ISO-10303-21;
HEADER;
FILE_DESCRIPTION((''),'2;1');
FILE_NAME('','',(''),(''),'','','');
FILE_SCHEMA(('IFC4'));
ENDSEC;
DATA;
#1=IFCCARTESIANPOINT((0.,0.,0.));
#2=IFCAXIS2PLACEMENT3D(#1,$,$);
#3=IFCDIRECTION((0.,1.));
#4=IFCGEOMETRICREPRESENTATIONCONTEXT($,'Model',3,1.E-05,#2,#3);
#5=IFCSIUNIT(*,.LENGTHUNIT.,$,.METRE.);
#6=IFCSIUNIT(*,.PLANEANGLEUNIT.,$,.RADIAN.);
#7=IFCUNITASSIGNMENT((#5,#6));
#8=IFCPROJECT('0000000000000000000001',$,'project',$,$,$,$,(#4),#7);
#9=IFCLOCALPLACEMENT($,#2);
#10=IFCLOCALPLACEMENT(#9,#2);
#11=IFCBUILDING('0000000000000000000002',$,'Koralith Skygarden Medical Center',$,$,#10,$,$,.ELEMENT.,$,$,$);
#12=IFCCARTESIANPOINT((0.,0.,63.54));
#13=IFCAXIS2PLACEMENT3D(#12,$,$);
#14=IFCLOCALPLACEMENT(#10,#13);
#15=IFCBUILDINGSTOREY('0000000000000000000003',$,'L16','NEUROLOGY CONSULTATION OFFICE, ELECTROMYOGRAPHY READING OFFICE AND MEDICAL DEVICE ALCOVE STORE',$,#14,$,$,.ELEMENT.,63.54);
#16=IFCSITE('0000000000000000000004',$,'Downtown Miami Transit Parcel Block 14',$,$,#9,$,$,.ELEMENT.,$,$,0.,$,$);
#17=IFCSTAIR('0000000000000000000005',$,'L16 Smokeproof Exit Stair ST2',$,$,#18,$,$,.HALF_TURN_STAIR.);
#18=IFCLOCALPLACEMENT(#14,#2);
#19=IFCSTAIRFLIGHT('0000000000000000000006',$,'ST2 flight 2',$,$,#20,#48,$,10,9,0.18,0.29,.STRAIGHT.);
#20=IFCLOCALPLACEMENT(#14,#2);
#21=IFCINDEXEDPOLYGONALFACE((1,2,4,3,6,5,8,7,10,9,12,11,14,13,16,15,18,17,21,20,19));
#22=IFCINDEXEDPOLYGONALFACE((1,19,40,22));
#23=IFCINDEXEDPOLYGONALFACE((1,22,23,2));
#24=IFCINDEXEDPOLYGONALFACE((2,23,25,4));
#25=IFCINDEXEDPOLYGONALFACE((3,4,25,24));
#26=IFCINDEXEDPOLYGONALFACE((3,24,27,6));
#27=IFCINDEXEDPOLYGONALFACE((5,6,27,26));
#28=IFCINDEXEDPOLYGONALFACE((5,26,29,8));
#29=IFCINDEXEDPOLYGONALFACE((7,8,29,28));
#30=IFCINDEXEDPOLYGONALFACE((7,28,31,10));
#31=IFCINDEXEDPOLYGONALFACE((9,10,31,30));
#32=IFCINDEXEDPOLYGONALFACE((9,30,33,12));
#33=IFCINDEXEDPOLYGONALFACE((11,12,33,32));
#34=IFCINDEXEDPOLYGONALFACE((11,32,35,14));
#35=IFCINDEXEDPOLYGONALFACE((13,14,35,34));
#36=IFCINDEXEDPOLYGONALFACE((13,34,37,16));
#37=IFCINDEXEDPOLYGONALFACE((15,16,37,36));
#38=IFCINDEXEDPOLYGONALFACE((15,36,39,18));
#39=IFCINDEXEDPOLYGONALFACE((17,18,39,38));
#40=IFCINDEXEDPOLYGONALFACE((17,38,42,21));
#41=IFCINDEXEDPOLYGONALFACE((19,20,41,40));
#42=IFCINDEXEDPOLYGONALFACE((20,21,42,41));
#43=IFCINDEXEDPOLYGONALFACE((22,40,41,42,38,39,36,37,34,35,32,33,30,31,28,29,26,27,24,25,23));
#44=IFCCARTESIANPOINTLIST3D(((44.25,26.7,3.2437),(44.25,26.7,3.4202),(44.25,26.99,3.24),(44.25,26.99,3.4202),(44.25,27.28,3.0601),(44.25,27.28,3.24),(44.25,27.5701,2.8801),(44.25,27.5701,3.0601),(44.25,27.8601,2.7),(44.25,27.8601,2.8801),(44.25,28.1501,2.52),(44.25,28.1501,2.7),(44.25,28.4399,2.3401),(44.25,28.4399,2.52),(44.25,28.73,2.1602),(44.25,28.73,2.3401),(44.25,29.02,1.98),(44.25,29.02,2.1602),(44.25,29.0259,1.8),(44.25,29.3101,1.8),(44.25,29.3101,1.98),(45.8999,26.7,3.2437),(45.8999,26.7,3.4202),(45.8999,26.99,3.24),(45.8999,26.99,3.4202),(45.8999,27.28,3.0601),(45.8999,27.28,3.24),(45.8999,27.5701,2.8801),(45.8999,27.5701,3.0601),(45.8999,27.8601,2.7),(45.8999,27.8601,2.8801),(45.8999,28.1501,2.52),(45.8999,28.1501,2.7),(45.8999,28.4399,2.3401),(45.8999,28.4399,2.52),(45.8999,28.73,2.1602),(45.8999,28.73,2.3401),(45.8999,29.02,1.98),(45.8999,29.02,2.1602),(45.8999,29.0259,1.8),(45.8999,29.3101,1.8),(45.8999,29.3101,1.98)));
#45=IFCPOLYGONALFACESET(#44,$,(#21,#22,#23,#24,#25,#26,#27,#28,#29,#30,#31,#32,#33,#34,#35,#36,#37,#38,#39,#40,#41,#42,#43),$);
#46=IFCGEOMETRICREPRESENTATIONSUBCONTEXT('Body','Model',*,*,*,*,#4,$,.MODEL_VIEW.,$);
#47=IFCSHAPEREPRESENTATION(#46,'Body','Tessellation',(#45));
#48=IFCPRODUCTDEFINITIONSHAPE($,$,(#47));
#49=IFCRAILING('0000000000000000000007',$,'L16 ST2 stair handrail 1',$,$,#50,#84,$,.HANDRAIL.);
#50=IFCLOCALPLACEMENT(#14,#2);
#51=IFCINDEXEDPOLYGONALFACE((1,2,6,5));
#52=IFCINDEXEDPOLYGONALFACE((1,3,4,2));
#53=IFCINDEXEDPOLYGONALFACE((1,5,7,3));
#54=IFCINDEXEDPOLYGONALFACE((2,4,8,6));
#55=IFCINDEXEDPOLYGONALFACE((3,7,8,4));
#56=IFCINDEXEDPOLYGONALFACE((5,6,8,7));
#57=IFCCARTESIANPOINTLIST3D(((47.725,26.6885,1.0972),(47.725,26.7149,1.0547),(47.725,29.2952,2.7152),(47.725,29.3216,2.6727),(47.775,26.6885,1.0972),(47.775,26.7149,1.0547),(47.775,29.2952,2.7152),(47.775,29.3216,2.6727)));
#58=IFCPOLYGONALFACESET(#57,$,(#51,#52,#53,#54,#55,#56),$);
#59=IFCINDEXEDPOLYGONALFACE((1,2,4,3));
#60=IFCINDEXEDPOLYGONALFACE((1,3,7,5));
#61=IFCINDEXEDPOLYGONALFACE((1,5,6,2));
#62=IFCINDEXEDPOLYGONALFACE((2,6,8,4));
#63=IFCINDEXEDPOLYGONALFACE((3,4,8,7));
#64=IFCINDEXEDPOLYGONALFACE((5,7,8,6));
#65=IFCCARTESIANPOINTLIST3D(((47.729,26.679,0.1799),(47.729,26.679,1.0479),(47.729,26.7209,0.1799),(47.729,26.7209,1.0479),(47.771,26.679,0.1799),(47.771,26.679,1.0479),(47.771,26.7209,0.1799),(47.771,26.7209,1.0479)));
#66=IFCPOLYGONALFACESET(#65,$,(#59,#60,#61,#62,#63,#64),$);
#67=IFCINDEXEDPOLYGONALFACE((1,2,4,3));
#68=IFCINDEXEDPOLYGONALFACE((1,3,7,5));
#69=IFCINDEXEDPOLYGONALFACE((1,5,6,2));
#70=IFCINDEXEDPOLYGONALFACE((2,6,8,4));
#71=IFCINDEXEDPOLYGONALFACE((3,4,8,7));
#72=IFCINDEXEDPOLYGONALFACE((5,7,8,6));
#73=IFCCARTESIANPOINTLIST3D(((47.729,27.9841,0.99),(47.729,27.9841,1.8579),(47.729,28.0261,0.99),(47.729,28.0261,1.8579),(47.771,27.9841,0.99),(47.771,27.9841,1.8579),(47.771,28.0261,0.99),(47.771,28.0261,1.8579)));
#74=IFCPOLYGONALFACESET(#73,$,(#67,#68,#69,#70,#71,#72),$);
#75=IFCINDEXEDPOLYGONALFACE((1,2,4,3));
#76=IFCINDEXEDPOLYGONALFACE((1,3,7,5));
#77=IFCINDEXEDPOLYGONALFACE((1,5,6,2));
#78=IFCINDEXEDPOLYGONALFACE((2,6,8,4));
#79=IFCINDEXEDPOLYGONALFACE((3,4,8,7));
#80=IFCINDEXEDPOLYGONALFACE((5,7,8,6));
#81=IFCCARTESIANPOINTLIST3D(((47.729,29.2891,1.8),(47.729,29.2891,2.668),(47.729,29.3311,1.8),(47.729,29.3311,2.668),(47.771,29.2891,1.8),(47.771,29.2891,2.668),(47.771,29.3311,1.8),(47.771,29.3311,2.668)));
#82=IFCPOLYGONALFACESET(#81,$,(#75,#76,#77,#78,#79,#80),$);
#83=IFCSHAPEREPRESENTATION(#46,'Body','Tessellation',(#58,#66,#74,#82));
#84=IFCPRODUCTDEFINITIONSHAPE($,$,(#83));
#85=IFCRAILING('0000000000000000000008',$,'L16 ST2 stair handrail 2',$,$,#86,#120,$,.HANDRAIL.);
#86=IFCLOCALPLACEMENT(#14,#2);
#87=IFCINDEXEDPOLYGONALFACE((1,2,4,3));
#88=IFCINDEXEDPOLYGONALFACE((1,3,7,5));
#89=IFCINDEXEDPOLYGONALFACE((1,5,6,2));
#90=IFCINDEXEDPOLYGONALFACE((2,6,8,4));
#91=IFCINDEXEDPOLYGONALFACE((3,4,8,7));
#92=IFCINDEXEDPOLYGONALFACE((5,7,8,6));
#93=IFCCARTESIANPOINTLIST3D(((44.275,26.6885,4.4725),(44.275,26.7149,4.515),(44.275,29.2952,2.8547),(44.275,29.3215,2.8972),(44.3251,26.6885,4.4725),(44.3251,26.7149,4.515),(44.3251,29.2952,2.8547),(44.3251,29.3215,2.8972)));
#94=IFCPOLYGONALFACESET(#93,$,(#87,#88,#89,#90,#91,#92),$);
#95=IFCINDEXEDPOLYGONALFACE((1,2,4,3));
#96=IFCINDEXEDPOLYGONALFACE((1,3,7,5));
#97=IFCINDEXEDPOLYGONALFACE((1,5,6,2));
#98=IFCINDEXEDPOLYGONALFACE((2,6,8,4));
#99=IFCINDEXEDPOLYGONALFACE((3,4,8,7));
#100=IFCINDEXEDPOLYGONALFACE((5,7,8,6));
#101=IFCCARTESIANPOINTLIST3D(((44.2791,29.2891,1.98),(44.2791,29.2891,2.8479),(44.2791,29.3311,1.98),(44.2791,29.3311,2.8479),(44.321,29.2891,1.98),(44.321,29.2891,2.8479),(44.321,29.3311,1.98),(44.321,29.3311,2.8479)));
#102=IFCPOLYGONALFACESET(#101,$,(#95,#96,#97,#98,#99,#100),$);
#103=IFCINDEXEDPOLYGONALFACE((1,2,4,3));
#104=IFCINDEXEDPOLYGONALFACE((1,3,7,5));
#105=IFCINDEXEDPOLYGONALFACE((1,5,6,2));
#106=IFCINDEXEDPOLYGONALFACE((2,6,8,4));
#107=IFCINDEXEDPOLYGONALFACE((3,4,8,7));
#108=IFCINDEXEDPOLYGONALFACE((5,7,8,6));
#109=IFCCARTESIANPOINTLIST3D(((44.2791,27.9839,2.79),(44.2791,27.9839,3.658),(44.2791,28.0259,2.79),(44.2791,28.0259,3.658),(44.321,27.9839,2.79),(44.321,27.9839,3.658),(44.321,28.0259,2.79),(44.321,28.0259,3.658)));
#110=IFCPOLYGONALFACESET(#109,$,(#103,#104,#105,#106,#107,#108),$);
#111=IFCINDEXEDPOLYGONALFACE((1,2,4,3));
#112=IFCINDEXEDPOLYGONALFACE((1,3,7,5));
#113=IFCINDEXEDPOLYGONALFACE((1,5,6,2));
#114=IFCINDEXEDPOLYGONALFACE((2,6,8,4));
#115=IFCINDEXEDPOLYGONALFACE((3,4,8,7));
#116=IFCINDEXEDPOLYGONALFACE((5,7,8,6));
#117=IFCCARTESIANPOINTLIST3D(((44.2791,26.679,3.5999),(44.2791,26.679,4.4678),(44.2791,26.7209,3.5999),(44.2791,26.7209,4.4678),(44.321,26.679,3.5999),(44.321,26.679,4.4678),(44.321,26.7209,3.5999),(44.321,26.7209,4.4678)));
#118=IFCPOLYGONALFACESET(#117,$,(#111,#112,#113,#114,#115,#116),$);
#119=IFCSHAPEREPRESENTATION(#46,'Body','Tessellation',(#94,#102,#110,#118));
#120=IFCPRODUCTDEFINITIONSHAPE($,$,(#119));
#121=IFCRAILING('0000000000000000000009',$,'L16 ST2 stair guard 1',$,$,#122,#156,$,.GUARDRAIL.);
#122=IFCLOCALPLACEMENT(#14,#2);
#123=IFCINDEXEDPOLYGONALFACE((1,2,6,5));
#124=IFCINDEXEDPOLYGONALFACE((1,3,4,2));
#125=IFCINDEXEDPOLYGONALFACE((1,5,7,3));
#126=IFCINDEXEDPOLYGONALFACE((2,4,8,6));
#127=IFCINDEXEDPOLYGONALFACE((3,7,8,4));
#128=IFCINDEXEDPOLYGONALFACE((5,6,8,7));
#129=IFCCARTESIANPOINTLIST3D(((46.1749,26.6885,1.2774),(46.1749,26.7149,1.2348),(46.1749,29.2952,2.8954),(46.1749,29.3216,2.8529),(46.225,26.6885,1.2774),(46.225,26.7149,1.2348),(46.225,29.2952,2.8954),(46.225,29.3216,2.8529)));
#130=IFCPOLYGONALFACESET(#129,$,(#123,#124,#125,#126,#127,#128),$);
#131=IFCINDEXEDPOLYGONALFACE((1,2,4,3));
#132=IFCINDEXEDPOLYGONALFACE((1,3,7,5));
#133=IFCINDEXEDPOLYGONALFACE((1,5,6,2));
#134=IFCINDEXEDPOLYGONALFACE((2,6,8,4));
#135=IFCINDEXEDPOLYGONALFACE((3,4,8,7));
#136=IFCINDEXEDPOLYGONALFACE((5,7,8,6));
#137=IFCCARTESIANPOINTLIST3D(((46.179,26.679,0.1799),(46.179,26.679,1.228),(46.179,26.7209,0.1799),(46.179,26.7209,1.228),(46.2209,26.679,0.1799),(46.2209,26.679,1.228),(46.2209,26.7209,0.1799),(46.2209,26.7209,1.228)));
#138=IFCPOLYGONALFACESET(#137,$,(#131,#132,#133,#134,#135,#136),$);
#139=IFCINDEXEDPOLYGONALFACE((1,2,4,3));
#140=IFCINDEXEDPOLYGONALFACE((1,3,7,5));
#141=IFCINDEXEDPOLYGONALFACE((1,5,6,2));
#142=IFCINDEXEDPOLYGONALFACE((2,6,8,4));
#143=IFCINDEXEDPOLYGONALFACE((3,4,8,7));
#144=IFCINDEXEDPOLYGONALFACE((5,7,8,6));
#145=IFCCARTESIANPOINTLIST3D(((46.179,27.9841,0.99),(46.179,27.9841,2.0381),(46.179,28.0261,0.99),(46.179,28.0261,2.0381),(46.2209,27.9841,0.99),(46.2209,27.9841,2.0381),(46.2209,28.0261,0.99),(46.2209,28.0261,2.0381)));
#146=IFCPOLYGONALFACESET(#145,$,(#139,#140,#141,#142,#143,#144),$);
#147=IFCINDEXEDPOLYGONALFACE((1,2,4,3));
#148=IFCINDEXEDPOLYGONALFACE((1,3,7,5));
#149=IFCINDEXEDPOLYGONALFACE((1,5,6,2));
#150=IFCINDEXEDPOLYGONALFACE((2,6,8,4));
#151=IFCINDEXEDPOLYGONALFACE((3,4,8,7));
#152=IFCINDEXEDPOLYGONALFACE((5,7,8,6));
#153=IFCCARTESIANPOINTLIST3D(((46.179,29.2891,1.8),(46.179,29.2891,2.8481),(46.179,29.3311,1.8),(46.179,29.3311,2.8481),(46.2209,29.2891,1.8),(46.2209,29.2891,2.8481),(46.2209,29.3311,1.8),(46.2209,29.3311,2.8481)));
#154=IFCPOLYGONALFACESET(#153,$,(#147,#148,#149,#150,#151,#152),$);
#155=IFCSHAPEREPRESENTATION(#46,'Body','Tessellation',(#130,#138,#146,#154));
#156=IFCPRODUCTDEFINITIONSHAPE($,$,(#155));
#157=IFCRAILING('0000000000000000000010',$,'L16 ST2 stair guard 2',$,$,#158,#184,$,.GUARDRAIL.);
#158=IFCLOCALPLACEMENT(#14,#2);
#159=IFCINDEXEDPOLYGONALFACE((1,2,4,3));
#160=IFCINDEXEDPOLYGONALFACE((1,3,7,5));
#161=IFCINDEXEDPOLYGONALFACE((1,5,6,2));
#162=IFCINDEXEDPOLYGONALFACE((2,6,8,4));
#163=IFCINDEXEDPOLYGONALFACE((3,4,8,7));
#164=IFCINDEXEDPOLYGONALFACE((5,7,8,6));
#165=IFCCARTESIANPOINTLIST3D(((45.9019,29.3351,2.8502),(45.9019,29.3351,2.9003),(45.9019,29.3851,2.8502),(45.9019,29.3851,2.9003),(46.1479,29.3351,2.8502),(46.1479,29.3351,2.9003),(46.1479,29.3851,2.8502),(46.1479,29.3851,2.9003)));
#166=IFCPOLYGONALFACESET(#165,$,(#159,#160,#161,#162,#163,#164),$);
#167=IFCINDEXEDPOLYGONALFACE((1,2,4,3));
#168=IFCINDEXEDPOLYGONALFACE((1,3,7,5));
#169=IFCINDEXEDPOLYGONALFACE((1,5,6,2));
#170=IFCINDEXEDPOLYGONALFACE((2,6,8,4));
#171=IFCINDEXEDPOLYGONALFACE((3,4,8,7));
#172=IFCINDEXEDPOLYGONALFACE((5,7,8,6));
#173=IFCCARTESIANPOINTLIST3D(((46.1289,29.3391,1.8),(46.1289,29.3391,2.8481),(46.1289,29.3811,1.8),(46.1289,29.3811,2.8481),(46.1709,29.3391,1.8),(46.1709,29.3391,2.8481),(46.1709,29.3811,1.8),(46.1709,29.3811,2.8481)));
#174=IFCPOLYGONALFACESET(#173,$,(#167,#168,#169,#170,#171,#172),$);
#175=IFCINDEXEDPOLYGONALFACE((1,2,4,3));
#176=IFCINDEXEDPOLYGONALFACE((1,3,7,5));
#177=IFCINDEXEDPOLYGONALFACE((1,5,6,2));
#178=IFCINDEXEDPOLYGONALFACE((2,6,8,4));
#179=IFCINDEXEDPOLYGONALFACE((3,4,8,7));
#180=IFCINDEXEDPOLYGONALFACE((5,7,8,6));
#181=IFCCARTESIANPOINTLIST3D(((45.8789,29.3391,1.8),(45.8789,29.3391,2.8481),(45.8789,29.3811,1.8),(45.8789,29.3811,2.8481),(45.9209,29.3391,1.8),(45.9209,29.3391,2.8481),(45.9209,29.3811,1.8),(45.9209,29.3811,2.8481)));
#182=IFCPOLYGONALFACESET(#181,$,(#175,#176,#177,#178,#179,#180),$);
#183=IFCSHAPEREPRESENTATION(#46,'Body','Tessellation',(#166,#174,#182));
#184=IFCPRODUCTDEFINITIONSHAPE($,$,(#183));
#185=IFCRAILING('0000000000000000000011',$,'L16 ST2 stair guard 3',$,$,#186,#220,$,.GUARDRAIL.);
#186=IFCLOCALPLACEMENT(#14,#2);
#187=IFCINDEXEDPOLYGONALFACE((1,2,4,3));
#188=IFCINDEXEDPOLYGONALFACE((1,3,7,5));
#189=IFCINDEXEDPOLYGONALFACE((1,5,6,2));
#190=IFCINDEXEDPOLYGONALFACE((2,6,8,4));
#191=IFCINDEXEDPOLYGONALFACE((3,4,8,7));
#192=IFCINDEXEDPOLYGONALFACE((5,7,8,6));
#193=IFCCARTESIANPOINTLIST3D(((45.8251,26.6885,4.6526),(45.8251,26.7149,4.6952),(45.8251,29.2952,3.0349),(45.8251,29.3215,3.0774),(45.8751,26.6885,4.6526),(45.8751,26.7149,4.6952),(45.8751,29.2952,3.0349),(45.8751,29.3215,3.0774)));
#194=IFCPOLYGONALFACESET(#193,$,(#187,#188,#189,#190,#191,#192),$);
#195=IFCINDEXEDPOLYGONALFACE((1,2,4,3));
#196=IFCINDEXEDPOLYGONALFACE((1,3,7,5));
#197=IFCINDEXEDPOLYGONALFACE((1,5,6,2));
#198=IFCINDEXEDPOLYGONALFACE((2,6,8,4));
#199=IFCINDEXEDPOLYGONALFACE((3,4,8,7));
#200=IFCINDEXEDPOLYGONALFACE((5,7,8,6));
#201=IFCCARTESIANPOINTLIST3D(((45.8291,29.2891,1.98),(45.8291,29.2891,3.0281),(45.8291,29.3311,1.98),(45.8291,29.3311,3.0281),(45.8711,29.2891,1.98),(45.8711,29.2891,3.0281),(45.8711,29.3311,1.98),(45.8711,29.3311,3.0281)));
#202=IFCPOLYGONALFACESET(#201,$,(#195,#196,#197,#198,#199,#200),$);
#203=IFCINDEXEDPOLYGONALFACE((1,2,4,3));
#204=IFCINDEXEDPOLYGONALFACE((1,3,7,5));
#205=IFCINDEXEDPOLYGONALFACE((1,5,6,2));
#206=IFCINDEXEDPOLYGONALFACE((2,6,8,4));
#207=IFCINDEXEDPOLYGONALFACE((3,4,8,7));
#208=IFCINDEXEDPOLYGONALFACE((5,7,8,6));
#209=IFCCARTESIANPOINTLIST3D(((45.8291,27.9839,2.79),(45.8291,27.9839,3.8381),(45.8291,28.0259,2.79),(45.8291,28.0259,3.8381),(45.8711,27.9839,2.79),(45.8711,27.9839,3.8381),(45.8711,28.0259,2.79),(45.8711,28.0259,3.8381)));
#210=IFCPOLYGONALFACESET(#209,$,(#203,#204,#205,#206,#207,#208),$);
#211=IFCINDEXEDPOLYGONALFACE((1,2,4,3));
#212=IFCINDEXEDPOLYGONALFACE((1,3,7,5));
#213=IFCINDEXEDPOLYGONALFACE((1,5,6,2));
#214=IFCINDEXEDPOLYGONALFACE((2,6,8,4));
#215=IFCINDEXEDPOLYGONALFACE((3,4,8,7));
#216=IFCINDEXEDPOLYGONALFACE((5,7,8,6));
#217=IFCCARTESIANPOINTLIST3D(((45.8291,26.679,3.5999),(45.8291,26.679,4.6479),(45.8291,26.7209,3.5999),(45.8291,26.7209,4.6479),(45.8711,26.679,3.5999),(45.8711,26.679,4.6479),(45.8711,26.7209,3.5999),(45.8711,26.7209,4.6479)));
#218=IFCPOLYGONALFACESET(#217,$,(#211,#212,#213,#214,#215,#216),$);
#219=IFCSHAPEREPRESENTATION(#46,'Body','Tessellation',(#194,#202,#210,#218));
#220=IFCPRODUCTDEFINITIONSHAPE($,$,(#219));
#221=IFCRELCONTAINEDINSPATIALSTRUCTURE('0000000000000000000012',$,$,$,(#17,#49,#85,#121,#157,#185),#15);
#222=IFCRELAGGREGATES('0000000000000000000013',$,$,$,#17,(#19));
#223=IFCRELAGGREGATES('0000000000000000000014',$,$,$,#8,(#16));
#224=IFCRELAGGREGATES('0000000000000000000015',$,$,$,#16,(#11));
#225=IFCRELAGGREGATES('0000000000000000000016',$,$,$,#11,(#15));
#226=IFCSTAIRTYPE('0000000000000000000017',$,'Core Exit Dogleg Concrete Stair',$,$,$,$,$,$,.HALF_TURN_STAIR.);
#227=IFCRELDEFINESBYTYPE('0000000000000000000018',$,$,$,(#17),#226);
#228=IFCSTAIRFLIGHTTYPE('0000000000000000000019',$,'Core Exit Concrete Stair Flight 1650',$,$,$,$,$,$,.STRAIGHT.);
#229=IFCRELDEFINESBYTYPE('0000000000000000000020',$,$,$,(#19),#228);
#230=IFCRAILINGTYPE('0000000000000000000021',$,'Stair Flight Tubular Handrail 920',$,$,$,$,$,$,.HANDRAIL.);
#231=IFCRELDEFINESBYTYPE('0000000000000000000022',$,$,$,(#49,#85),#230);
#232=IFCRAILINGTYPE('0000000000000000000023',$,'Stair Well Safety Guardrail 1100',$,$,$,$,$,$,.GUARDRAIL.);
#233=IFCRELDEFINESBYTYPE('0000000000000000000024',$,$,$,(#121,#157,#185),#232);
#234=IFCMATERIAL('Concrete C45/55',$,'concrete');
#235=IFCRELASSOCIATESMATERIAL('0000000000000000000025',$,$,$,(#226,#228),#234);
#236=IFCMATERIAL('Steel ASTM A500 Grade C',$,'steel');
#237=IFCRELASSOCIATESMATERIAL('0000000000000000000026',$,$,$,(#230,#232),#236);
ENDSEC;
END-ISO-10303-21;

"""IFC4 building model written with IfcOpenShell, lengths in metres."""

from ifc_helpers import new_model, si_unit, direction, frame, origin, origin_2d, place, context, subcontext, project, spatial, polyline, rectangle, outline, extrude, material, type_object, element, aggregate, save


model = new_model("IFC4")

# Units and contexts
model_context = context("Model", 3, precision=1e-05, world=origin(), true_north=direction((0.0, 1.0)))
body_context = subcontext(model_context, "Body", "Model", "MODEL_VIEW")
ifc_project = project(units=[si_unit("LENGTHUNIT", "METRE"), si_unit("PLANEANGLEUNIT", "RADIAN")], contexts=[model_context])

# Site, building, storey
site_placement = place(None, origin())
site = spatial("IfcSite", under=ifc_project, at=site_placement, Name="Downtown Miami Transit Parcel Block 14", CompositionType="ELEMENT", RefElevation=0.0)
building_placement = place(site_placement, origin())
building = spatial("IfcBuilding", under=site, at=building_placement, Name="Koralith Skygarden Medical Center", CompositionType="ELEMENT")
storey_placement = place(building_placement, frame((0.0, 0.0, 63.54)))
storey = spatial("IfcBuildingStorey", under=building, at=storey_placement, Name="L16", Description="NEUROLOGY CONSULTATION OFFICE, ELECTROMYOGRAPHY READING OFFICE AND MEDICAL DEVICE ALCOVE STORE", CompositionType="ELEMENT", Elevation=63.54)

# Shared definitions
ifc_material_1 = material(Name="Concrete C45/55", Category="concrete")

# Stair, stair flight
stair_type = type_object("IfcStairType", Name="Core Exit Dogleg Concrete Stair", PredefinedType="HALF_TURN_STAIR", material=ifc_material_1)
stair_placement = place(storey_placement, origin())
stair = element("IfcStair", 1, at=stair_placement, inside=storey, type_object=stair_type, Name="L16 Smokeproof Exit Stair ST2", PredefinedType="HALF_TURN_STAIR")
stair_flight_type = type_object("IfcStairFlightType", Name="Core Exit Concrete Stair Flight 1650", PredefinedType="STRAIGHT", material=ifc_material_1)
stair_flight_1_placement = place(storey_placement, frame((45.075, 29.3101, 1.8), z_axis=(0.0, 0.0, 1.0), x_axis=(0.0, -1.0, 0.0)))
stair_flight_1 = element("IfcStairFlight", 2, at=stair_flight_1_placement, type_object=stair_flight_type, Name="ST2 flight 2", NumberOfRisers=10, NumberOfTreads=9, PredefinedType="STRAIGHT", RiserHeight=0.18, TreadLength=0.29, context=body_context, shape_type="SweptSolid", body=[
    extrude(outline(polyline([(0.0, 0.0), (0.0, 0.1799), (0.29, 0.1799), (0.29, 0.3601), (0.5801, 0.3601), (0.5801, 0.54), (0.8701, 0.54), (0.8701, 0.72), (1.1599, 0.72), (1.1599, 0.8999), (1.45, 0.8999), (1.45, 1.0801), (1.74, 1.0801), (1.74, 1.26), (2.03, 1.26), (2.03, 1.4399), (2.3201, 1.4399), (2.3201, 1.6201), (2.6101, 1.6201), (2.6101, 1.8), (2.6101, 1.4436), (0.2842, 0.0), (0.0, 0.0)])), frame((0.0, 0.825, 0.0), z_axis=(0.0, -1.0, 0.0), x_axis=(1.0, 0.0, 0.0)), (0.0, 0.0, 1.0), 1.6499),
])
aggregate(stair, [stair_flight_1])

# Railings
ifc_material_2 = material(Name="Steel ASTM A500 Grade C", Category="steel")
railing_type_1 = type_object("IfcRailingType", Name="Stair Flight Tubular Handrail 920", PredefinedType="HANDRAIL", material=ifc_material_2)
railing_1_placement = place(storey_placement, frame((47.75, 26.7, 0.1799)))
element("IfcRailing", 3, at=railing_1_placement, inside=storey, type_object=railing_type_1, Name="L16 ST2 stair handrail 1", PredefinedType="HANDRAIL", context=body_context, shape_type="SweptSolid", body=[
    extrude(rectangle(XDim=0.05, YDim=0.05, at=origin_2d()), frame((0.0, 0.0017, 0.896), z_axis=(0.0, 0.849633, 0.527375), x_axis=(-1.0, 0.0, 0.0)), (0.0, 0.0, 1.0), 3.0681),
    extrude(rectangle(XDim=0.042, YDim=0.042, at=origin_2d()), origin(), (0.0, 0.0, 1.0), 0.8679),
    extrude(rectangle(XDim=0.042, YDim=0.042, at=origin_2d()), frame((0.0, 1.3052, 0.8101)), (0.0, 0.0, 1.0), 0.8679),
    extrude(rectangle(XDim=0.042, YDim=0.042, at=origin_2d()), frame((0.0, 2.6101, 1.6201)), (0.0, 0.0, 1.0), 0.8679),
])
railing_2_placement = place(storey_placement, frame((44.3, 29.3101, 1.98)))
element("IfcRailing", 4, at=railing_2_placement, inside=storey, type_object=railing_type_1, Name="L16 ST2 stair handrail 2", PredefinedType="HANDRAIL", context=body_context, shape_type="SweptSolid", body=[
    extrude(rectangle(XDim=0.05, YDim=0.05, at=origin_2d()), frame((0.0, -0.0017, 0.896), z_axis=(0.0, -0.849668, 0.527317), x_axis=(1.0, 0.0, 0.0)), (0.0, 0.0, 1.0), 3.0679),
    extrude(rectangle(XDim=0.042, YDim=0.042, at=origin_2d()), origin(), (0.0, 0.0, 1.0), 0.8679),
    extrude(rectangle(XDim=0.042, YDim=0.042, at=origin_2d()), frame((0.0, -1.3052, 0.8101)), (0.0, 0.0, 1.0), 0.8679),
    extrude(rectangle(XDim=0.042, YDim=0.042, at=origin_2d()), frame((0.0, -2.6101, 1.6199)), (0.0, 0.0, 1.0), 0.8679),
])
railing_type_2 = type_object("IfcRailingType", Name="Stair Well Safety Guardrail 1100", PredefinedType="GUARDRAIL", material=ifc_material_2)
railing_3_placement = place(storey_placement, frame((46.2, 26.7, 0.1799)))
element("IfcRailing", 5, at=railing_3_placement, inside=storey, type_object=railing_type_2, Name="L16 ST2 stair guard 1", PredefinedType="GUARDRAIL", context=body_context, shape_type="SweptSolid", body=[
    extrude(rectangle(XDim=0.05, YDim=0.05, at=origin_2d()), frame((0.0, 0.0017, 1.0762), z_axis=(0.0, 0.849633, 0.527375), x_axis=(-1.0, 0.0, 0.0)), (0.0, 0.0, 1.0), 3.0681),
    extrude(rectangle(XDim=0.042, YDim=0.042, at=origin_2d()), origin(), (0.0, 0.0, 1.0), 1.0481),
    extrude(rectangle(XDim=0.042, YDim=0.042, at=origin_2d()), frame((0.0, 1.3052, 0.8101)), (0.0, 0.0, 1.0), 1.0481),
    extrude(rectangle(XDim=0.042, YDim=0.042, at=origin_2d()), frame((0.0, 2.6101, 1.6201)), (0.0, 0.0, 1.0), 1.0481),
])
railing_4_placement = place(storey_placement, frame((46.1499, 29.3601, 1.8)))
element("IfcRailing", 6, at=railing_4_placement, inside=storey, type_object=railing_type_2, Name="L16 ST2 stair guard 2", PredefinedType="GUARDRAIL", context=body_context, shape_type="SweptSolid", body=[
    extrude(rectangle(XDim=0.05, YDim=0.05, at=origin_2d()), frame((-0.002, 0.0, 1.0752), z_axis=(-1.0, 0.0, 0.0), x_axis=(0.0, -1.0, 0.0)), (0.0, 0.0, 1.0), 0.2461),
    extrude(rectangle(XDim=0.042, YDim=0.042, at=origin_2d()), origin(), (0.0, 0.0, 1.0), 1.0481),
    extrude(rectangle(XDim=0.042, YDim=0.042, at=origin_2d()), frame((-0.25, 0.0, 0.0)), (0.0, 0.0, 1.0), 1.0481),
])
railing_5_placement = place(storey_placement, frame((45.8501, 29.3101, 1.98)))
element("IfcRailing", 7, at=railing_5_placement, inside=storey, type_object=railing_type_2, Name="L16 ST2 stair guard 3", PredefinedType="GUARDRAIL", context=body_context, shape_type="SweptSolid", body=[
    extrude(rectangle(XDim=0.05, YDim=0.05, at=origin_2d()), frame((0.0, -0.0017, 1.0762), z_axis=(0.0, -0.849668, 0.527317), x_axis=(1.0, 0.0, 0.0)), (0.0, 0.0, 1.0), 3.0679),
    extrude(rectangle(XDim=0.042, YDim=0.042, at=origin_2d()), origin(), (0.0, 0.0, 1.0), 1.0481),
    extrude(rectangle(XDim=0.042, YDim=0.042, at=origin_2d()), frame((0.0, -1.3052, 0.8101)), (0.0, 0.0, 1.0), 1.0481),
    extrude(rectangle(XDim=0.042, YDim=0.042, at=origin_2d()), frame((0.0, -2.6101, 1.6199)), (0.0, 0.0, 1.0), 1.0481),
])

save(model, "model.ifc")
